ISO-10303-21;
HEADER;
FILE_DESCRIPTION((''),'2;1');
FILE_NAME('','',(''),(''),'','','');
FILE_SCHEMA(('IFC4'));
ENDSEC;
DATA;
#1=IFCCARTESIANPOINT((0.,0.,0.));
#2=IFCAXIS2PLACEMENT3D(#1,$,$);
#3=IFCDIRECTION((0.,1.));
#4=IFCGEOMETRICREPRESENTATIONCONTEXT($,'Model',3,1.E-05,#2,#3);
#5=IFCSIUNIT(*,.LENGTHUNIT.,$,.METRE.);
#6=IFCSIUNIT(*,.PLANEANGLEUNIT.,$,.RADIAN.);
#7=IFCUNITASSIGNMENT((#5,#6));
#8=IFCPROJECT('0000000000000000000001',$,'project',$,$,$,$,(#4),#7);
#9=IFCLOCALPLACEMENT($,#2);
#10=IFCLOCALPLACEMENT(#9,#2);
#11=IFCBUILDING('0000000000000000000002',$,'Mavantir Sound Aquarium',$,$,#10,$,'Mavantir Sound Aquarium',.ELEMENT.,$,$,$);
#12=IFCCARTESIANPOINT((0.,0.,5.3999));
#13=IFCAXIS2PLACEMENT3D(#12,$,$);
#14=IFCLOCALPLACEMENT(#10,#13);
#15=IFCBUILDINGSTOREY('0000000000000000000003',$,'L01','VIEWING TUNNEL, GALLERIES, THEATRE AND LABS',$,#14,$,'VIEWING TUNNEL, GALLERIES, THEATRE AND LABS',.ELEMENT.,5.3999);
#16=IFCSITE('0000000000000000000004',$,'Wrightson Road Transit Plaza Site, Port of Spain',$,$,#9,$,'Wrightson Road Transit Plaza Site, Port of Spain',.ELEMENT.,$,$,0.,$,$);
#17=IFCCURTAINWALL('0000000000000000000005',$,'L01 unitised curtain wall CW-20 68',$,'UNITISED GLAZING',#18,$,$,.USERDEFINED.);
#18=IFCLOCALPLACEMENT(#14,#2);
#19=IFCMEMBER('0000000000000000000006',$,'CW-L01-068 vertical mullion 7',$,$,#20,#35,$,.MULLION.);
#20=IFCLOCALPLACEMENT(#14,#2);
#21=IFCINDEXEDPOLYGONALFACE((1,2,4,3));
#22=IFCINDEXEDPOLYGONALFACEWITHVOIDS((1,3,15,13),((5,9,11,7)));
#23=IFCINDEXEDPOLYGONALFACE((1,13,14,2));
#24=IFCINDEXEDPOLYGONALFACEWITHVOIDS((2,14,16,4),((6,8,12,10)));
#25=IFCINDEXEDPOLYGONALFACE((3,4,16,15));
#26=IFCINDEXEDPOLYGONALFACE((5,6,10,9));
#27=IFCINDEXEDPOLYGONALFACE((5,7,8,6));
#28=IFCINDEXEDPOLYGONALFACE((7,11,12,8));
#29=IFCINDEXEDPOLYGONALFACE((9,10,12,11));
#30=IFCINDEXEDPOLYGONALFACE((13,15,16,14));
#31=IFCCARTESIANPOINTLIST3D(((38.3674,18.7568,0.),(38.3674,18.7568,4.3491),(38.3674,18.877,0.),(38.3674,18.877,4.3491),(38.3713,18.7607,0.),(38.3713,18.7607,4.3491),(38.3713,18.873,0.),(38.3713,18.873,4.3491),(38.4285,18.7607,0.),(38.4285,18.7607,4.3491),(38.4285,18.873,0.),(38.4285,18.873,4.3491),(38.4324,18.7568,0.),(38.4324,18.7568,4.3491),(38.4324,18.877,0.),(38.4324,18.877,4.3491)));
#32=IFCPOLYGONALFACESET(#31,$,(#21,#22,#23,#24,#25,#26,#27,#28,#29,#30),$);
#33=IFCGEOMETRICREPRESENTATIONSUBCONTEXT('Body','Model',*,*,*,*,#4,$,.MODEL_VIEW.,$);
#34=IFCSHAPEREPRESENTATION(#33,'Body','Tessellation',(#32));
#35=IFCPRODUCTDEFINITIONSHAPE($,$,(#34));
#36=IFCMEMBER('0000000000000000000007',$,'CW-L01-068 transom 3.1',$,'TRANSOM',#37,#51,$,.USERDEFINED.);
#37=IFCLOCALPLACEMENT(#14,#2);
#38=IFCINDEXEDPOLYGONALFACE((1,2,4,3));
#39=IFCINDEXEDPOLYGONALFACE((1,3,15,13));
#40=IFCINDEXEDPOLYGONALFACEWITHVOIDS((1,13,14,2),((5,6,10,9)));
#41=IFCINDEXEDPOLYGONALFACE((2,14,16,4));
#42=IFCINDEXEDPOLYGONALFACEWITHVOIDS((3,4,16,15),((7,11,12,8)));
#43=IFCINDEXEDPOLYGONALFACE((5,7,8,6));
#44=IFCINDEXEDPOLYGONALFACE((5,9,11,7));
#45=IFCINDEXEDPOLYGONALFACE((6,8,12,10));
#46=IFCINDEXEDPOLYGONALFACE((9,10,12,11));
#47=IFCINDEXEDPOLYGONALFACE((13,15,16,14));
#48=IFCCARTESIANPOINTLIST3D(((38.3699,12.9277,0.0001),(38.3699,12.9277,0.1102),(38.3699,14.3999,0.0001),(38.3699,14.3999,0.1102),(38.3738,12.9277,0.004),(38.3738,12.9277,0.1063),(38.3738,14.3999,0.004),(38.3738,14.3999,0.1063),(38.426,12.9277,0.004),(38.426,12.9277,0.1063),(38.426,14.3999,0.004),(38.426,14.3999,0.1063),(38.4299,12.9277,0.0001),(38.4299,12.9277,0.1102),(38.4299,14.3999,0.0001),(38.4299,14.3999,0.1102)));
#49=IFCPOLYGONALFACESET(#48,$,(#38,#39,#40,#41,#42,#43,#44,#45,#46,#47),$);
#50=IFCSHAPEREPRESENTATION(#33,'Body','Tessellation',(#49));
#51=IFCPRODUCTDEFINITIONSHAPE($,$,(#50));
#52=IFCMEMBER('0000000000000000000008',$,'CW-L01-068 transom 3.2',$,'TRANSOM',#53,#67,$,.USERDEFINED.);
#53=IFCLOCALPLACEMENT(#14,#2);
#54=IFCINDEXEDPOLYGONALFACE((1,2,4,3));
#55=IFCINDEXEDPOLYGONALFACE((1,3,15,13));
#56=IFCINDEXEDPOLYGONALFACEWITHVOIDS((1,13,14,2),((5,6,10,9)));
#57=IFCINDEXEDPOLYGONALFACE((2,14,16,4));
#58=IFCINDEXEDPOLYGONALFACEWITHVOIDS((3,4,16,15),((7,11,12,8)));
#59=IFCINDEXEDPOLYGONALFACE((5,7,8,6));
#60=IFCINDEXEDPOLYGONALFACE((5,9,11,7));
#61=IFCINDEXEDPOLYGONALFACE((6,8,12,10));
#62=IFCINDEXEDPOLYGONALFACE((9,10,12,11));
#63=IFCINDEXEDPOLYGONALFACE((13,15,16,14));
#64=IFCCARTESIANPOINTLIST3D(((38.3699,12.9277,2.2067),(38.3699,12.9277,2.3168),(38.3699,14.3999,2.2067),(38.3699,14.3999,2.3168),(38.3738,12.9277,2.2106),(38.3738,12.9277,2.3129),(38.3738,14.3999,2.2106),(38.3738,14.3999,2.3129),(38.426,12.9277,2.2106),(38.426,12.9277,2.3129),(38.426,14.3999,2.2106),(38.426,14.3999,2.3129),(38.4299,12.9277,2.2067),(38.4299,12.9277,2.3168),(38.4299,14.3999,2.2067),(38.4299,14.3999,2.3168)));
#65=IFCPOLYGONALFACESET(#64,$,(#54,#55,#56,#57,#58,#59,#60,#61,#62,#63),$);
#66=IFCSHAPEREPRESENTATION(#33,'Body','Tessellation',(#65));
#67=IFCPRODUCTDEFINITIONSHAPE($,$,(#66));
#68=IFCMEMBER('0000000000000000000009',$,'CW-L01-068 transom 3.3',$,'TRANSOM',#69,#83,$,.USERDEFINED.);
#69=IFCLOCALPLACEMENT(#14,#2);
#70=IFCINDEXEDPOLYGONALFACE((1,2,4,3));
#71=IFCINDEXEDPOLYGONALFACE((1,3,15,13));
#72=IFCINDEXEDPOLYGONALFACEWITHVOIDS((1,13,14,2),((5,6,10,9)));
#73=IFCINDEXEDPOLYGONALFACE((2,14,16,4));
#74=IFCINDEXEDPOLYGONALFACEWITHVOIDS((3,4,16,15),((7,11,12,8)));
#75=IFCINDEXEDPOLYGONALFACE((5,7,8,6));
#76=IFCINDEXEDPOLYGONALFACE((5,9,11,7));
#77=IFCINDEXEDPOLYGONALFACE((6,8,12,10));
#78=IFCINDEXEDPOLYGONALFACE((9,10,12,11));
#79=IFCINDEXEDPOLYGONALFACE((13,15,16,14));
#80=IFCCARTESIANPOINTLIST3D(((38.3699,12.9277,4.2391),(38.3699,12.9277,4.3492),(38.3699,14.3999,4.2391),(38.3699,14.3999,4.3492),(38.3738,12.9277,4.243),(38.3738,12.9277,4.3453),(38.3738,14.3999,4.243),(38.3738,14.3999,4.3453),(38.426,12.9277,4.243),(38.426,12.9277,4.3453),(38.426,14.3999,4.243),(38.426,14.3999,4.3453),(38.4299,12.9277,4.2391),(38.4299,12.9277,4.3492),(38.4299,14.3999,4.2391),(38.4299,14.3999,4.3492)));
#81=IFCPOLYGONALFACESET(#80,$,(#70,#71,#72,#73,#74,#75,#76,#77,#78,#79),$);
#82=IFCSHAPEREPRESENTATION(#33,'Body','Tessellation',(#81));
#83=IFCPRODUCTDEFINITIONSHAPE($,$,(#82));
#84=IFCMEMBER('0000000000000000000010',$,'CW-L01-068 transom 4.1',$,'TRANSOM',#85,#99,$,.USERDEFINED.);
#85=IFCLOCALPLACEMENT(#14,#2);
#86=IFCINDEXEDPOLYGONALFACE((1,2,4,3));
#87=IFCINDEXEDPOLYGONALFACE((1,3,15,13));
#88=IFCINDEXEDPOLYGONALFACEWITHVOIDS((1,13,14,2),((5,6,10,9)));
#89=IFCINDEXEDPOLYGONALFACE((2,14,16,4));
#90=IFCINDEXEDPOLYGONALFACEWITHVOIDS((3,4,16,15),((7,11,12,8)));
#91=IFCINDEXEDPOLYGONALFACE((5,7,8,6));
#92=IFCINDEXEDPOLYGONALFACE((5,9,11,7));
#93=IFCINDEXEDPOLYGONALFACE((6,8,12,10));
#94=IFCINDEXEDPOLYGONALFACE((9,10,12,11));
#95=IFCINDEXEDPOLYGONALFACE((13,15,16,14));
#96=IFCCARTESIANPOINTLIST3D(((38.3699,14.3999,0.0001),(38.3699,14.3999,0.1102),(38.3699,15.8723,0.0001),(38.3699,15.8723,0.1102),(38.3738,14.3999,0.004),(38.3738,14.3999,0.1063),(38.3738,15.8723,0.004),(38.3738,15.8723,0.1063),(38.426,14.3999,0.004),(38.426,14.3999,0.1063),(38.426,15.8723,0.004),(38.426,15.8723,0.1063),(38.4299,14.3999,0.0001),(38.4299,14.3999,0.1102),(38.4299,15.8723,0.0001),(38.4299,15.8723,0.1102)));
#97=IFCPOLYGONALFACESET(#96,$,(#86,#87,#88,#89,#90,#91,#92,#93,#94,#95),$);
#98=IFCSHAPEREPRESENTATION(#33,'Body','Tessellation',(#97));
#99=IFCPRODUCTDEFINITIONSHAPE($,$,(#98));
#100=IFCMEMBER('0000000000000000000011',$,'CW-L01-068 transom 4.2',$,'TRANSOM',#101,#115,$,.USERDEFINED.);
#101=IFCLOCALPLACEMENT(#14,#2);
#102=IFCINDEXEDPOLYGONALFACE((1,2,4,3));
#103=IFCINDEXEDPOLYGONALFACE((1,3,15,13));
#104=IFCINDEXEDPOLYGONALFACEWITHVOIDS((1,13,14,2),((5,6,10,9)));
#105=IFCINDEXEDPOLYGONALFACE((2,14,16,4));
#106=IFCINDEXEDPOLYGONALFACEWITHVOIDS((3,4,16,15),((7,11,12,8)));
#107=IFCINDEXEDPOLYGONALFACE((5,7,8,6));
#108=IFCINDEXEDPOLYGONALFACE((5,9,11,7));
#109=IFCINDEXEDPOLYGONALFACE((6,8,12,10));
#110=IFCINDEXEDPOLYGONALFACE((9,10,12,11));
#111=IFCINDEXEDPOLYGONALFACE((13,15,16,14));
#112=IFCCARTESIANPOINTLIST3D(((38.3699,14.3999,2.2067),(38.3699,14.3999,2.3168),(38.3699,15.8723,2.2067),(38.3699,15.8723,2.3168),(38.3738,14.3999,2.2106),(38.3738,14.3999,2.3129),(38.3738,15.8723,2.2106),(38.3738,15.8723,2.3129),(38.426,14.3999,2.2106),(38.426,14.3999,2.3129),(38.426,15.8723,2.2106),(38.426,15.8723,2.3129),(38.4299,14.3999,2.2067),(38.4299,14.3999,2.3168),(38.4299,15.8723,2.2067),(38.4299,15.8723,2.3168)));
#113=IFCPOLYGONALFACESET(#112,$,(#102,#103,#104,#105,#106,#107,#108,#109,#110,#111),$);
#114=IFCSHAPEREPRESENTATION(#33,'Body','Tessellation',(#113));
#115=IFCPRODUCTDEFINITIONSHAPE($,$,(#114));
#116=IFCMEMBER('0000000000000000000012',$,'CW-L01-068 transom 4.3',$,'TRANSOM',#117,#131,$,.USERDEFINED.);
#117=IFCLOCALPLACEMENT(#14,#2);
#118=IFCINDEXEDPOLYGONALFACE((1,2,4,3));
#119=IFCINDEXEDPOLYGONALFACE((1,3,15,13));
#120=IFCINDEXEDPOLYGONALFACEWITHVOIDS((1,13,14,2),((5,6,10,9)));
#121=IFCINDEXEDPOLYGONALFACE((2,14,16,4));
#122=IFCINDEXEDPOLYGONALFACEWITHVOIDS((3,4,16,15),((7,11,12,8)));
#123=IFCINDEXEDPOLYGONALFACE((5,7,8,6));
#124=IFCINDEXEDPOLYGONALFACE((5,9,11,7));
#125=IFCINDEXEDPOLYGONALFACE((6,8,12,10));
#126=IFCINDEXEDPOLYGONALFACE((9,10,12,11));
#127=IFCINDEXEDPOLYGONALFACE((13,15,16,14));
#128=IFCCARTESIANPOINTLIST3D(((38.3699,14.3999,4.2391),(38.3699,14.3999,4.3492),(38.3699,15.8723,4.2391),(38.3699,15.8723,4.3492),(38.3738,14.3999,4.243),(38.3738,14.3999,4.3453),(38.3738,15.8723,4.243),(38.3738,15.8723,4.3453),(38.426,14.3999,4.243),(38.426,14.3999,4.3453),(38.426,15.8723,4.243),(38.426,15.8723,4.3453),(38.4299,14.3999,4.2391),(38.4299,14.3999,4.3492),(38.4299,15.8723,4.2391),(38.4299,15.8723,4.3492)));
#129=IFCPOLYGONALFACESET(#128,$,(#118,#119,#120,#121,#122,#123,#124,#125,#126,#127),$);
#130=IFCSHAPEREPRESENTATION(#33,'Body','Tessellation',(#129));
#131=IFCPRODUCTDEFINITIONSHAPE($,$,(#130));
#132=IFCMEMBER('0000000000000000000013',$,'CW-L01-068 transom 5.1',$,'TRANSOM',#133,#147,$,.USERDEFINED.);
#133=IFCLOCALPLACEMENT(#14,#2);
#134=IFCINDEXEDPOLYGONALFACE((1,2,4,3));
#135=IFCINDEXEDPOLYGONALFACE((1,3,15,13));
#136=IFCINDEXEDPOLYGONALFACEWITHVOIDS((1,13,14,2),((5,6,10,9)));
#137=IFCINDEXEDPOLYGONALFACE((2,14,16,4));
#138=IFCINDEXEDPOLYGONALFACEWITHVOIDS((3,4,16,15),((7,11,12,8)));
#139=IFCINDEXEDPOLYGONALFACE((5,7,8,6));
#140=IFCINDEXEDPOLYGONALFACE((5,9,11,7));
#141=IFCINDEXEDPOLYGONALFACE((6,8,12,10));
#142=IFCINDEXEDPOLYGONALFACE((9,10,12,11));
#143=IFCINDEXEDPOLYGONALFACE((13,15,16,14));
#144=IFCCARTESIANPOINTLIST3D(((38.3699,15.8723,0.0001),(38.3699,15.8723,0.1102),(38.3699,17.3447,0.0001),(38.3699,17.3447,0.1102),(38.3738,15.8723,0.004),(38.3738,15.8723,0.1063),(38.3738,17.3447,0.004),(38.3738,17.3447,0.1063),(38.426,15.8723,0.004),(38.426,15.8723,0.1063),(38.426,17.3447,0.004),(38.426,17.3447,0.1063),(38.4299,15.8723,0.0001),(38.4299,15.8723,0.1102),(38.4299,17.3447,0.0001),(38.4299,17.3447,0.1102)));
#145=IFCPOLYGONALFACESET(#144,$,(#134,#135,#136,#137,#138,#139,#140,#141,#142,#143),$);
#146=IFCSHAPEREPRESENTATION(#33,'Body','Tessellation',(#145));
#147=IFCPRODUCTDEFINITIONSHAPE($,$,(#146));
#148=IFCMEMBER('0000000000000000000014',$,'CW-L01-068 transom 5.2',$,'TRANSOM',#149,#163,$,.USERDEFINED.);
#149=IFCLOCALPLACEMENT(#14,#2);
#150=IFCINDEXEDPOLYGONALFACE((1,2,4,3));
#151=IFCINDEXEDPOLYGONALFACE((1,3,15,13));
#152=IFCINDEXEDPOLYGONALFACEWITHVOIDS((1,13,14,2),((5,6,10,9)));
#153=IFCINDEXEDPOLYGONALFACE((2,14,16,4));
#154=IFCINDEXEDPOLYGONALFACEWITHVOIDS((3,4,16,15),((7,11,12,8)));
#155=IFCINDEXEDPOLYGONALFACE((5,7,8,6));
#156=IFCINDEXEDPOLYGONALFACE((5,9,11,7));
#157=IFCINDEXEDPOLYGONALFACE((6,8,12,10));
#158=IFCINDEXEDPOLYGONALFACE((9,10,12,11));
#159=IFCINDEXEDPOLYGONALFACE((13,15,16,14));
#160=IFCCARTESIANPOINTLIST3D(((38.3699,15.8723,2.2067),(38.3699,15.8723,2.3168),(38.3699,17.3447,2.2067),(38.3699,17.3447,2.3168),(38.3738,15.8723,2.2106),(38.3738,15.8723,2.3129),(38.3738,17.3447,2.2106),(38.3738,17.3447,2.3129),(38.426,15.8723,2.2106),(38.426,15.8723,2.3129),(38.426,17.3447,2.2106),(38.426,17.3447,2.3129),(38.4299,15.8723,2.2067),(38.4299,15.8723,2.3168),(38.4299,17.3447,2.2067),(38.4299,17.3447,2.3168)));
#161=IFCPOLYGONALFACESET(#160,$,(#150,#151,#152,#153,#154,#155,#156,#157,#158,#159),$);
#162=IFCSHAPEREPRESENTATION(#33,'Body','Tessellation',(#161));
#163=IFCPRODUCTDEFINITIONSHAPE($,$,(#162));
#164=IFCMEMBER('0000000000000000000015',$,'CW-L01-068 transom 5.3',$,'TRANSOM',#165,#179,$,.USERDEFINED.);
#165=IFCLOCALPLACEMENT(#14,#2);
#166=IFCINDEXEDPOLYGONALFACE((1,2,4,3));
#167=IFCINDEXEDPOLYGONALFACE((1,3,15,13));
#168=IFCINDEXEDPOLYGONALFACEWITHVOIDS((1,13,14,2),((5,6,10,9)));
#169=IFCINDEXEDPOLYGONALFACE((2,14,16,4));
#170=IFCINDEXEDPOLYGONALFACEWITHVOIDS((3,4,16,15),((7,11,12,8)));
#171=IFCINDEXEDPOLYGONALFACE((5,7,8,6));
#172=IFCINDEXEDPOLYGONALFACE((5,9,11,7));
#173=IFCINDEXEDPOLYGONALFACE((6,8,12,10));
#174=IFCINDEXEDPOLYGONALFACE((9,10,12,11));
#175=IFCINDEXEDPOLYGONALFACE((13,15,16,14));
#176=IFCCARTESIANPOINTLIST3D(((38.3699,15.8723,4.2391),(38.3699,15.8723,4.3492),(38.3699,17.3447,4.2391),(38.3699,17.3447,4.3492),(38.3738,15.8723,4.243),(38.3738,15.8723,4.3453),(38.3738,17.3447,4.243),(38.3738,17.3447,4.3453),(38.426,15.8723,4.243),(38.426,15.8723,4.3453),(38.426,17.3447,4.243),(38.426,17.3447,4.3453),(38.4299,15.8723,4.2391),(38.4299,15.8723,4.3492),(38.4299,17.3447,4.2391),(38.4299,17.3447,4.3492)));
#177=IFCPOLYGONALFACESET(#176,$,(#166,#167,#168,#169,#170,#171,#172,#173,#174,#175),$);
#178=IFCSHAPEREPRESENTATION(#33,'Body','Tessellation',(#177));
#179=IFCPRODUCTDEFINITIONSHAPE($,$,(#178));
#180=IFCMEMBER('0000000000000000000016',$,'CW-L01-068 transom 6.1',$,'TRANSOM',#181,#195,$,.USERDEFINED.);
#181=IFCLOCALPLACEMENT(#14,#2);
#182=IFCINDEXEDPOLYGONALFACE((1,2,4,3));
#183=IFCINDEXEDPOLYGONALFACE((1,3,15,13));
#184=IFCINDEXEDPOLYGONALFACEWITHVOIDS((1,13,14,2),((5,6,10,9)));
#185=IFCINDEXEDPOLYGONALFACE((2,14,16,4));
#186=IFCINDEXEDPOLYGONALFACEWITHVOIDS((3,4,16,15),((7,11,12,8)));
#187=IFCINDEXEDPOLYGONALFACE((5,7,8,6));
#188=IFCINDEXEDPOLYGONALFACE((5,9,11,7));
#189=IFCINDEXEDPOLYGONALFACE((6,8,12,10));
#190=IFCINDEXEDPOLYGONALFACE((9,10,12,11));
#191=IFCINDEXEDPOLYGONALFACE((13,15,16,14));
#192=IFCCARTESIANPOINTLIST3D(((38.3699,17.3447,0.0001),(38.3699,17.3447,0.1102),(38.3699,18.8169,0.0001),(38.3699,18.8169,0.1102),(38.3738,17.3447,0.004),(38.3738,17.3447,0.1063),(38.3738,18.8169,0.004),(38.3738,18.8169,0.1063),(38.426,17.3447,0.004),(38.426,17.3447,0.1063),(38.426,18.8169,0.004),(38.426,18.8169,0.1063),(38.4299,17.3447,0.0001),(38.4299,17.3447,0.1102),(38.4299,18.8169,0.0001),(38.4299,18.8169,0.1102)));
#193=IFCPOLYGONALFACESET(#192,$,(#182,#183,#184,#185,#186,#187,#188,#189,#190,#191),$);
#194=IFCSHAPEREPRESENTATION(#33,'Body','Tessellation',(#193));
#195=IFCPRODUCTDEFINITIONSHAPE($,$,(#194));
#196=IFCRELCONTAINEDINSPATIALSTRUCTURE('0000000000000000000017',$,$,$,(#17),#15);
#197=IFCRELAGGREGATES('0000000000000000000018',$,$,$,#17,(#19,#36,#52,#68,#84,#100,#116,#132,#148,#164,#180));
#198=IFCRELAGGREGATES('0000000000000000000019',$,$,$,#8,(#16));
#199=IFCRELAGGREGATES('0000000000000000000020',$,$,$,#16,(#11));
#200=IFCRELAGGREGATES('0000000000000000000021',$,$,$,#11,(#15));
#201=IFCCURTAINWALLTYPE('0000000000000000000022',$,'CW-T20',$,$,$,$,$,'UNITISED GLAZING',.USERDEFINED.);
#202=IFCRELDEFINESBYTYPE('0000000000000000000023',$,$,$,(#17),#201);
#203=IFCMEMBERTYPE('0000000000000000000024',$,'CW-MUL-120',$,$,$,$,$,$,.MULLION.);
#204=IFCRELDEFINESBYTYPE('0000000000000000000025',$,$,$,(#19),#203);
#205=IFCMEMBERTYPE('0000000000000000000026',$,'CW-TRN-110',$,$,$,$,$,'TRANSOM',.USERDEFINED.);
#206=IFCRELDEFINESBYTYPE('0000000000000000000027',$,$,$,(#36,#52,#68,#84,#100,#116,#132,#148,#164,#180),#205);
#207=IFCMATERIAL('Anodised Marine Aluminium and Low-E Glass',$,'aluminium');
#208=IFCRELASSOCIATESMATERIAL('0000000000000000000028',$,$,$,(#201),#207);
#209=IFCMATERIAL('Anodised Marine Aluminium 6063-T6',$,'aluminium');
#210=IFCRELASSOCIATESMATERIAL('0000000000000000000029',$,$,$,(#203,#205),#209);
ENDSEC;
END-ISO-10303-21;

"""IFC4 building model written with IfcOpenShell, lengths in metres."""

from ifc_helpers import new_model, si_unit, direction, frame, origin, origin_2d, place, context, subcontext, project, spatial, hollow_rectangle, extrude, material, material_profile, profile_set, type_object, element, aggregate, save


model = new_model("IFC4")

# Units and contexts
model_context = context("Model", 3, precision=1e-05, world=origin(), true_north=direction((0.0, 1.0)))
body_context = subcontext(model_context, "Body", "Model", "MODEL_VIEW")
ifc_project = project(units=[si_unit("LENGTHUNIT", "METRE"), si_unit("PLANEANGLEUNIT", "RADIAN")], contexts=[model_context])

# Site, building, storey
site_placement = place(None, origin())
site = spatial("IfcSite", under=ifc_project, at=site_placement, Name="Wrightson Road Transit Plaza Site, Port of Spain", LongName="Wrightson Road Transit Plaza Site, Port of Spain", CompositionType="ELEMENT", RefElevation=0.0)
building_placement = place(site_placement, origin())
building = spatial("IfcBuilding", under=site, at=building_placement, Name="Mavantir Sound Aquarium", LongName="Mavantir Sound Aquarium", CompositionType="ELEMENT")
storey_placement = place(building_placement, frame((0.0, 0.0, 5.3999)))
storey = spatial("IfcBuildingStorey", under=building, at=storey_placement, Name="L01", Description="VIEWING TUNNEL, GALLERIES, THEATRE AND LABS", LongName="VIEWING TUNNEL, GALLERIES, THEATRE AND LABS", CompositionType="ELEMENT", Elevation=5.3999)

# Shared definitions
ifc_material_1 = material(Name="Anodised Marine Aluminium and Low-E Glass", Category="aluminium")
ifc_material_2 = material(Name="Anodised Marine Aluminium 6063-T6", Category="aluminium")

# Curtain wall, members
curtain_wall_type_1 = type_object("IfcCurtainWallType", Name="CW-T20", ElementType="UNITISED GLAZING", PredefinedType="USERDEFINED", material=ifc_material_1)
curtain_wall_1_placement = place(storey_placement, origin())
curtain_wall_1 = element("IfcCurtainWall", 1, at=curtain_wall_1_placement, inside=storey, type_object=curtain_wall_type_1, Name="L01 unitised curtain wall CW-20 68", ObjectType="UNITISED GLAZING", PredefinedType="USERDEFINED")
ifc_material_profile_1 = material_profile(ifc_material_2, hollow_rectangle(XDim=0.0649, YDim=0.1201, WallThickness=0.0039, at=origin_2d()), Name="ALU-MULLION-120X65")
ifc_profile_set_1 = profile_set([ifc_material_profile_1], Name="Anodised Marine Aluminium 6063-T6")
member_type_1 = type_object("IfcMemberType", Name="CW-MUL-120", PredefinedType="MULLION", material=ifc_profile_set_1)
member_1_placement = place(storey_placement, frame((38.3999, 18.8169, 0.0), z_axis=(0.0, 0.0, 1.0), x_axis=(1.0, 0.0, 0.0)))
member_1 = element("IfcMember", 2, at=member_1_placement, type_object=member_type_1, Name="CW-L01-068 vertical mullion 7", PredefinedType="MULLION", context=body_context, shape_type="SweptSolid", body=[
    extrude(hollow_rectangle(XDim=0.0649, YDim=0.1201, WallThickness=0.0039, at=origin_2d()), origin(), (0.0, 0.0, 1.0), 4.3491),
])
ifc_material_profile_2 = material_profile(ifc_material_2, hollow_rectangle(XDim=0.0601, YDim=0.1101, WallThickness=0.0039, at=origin_2d()), Name="ALU-TRANSOM-110X60")
ifc_profile_set_2 = profile_set([ifc_material_profile_2], Name="Anodised Marine Aluminium 6063-T6")
member_type_2 = type_object("IfcMemberType", Name="CW-TRN-110", ElementType="TRANSOM", PredefinedType="USERDEFINED", material=ifc_profile_set_2)
member_2_placement = place(storey_placement, frame((38.3999, 12.9277, 0.0552), z_axis=(0.0, 1.0, 0.0), x_axis=(-1.0, 0.0, 0.0)))
member_2 = element("IfcMember", 3, at=member_2_placement, type_object=member_type_2, Name="CW-L01-068 transom 3.1", ObjectType="TRANSOM", PredefinedType="USERDEFINED", context=body_context, shape_type="SweptSolid", body=[
    extrude(hollow_rectangle(XDim=0.0601, YDim=0.1101, WallThickness=0.0039, at=origin_2d()), origin(), (0.0, 0.0, 1.0), 1.4722),
])
member_3_placement = place(storey_placement, frame((38.3999, 12.9277, 2.2617), z_axis=(0.0, 1.0, 0.0), x_axis=(-1.0, 0.0, 0.0)))
member_3 = element("IfcMember", 4, at=member_3_placement, type_object=member_type_2, Name="CW-L01-068 transom 3.2", ObjectType="TRANSOM", PredefinedType="USERDEFINED", context=body_context, shape_type="SweptSolid", body=[
    extrude(hollow_rectangle(XDim=0.0601, YDim=0.1101, WallThickness=0.0039, at=origin_2d()), origin(), (0.0, 0.0, 1.0), 1.4722),
])
member_4_placement = place(storey_placement, frame((38.3999, 12.9277, 4.2942), z_axis=(0.0, 1.0, 0.0), x_axis=(-1.0, 0.0, 0.0)))
member_4 = element("IfcMember", 5, at=member_4_placement, type_object=member_type_2, Name="CW-L01-068 transom 3.3", ObjectType="TRANSOM", PredefinedType="USERDEFINED", context=body_context, shape_type="SweptSolid", body=[
    extrude(hollow_rectangle(XDim=0.0601, YDim=0.1101, WallThickness=0.0039, at=origin_2d()), origin(), (0.0, 0.0, 1.0), 1.4722),
])
member_5_placement = place(storey_placement, frame((38.3999, 14.3999, 0.0552), z_axis=(0.0, 1.0, 0.0), x_axis=(-1.0, 0.0, 0.0)))
member_5 = element("IfcMember", 6, at=member_5_placement, type_object=member_type_2, Name="CW-L01-068 transom 4.1", ObjectType="TRANSOM", PredefinedType="USERDEFINED", context=body_context, shape_type="SweptSolid", body=[
    extrude(hollow_rectangle(XDim=0.0601, YDim=0.1101, WallThickness=0.0039, at=origin_2d()), origin(), (0.0, 0.0, 1.0), 1.4724),
])
member_6_placement = place(storey_placement, frame((38.3999, 14.3999, 2.2617), z_axis=(0.0, 1.0, 0.0), x_axis=(-1.0, 0.0, 0.0)))
member_6 = element("IfcMember", 7, at=member_6_placement, type_object=member_type_2, Name="CW-L01-068 transom 4.2", ObjectType="TRANSOM", PredefinedType="USERDEFINED", context=body_context, shape_type="SweptSolid", body=[
    extrude(hollow_rectangle(XDim=0.0601, YDim=0.1101, WallThickness=0.0039, at=origin_2d()), origin(), (0.0, 0.0, 1.0), 1.4724),
])
member_7_placement = place(storey_placement, frame((38.3999, 14.3999, 4.2942), z_axis=(0.0, 1.0, 0.0), x_axis=(-1.0, 0.0, 0.0)))
member_7 = element("IfcMember", 8, at=member_7_placement, type_object=member_type_2, Name="CW-L01-068 transom 4.3", ObjectType="TRANSOM", PredefinedType="USERDEFINED", context=body_context, shape_type="SweptSolid", body=[
    extrude(hollow_rectangle(XDim=0.0601, YDim=0.1101, WallThickness=0.0039, at=origin_2d()), origin(), (0.0, 0.0, 1.0), 1.4724),
])
member_8_placement = place(storey_placement, frame((38.3999, 15.8723, 0.0552), z_axis=(0.0, 1.0, 0.0), x_axis=(-1.0, 0.0, 0.0)))
member_8 = element("IfcMember", 9, at=member_8_placement, type_object=member_type_2, Name="CW-L01-068 transom 5.1", ObjectType="TRANSOM", PredefinedType="USERDEFINED", context=body_context, shape_type="SweptSolid", body=[
    extrude(hollow_rectangle(XDim=0.0601, YDim=0.1101, WallThickness=0.0039, at=origin_2d()), origin(), (0.0, 0.0, 1.0), 1.4724),
])
member_9_placement = place(storey_placement, frame((38.3999, 15.8723, 2.2617), z_axis=(0.0, 1.0, 0.0), x_axis=(-1.0, 0.0, 0.0)))
member_9 = element("IfcMember", 10, at=member_9_placement, type_object=member_type_2, Name="CW-L01-068 transom 5.2", ObjectType="TRANSOM", PredefinedType="USERDEFINED", context=body_context, shape_type="SweptSolid", body=[
    extrude(hollow_rectangle(XDim=0.0601, YDim=0.1101, WallThickness=0.0039, at=origin_2d()), origin(), (0.0, 0.0, 1.0), 1.4724),
])
member_10_placement = place(storey_placement, frame((38.3999, 15.8723, 4.2942), z_axis=(0.0, 1.0, 0.0), x_axis=(-1.0, 0.0, 0.0)))
member_10 = element("IfcMember", 11, at=member_10_placement, type_object=member_type_2, Name="CW-L01-068 transom 5.3", ObjectType="TRANSOM", PredefinedType="USERDEFINED", context=body_context, shape_type="SweptSolid", body=[
    extrude(hollow_rectangle(XDim=0.0601, YDim=0.1101, WallThickness=0.0039, at=origin_2d()), origin(), (0.0, 0.0, 1.0), 1.4724),
])
member_11_placement = place(storey_placement, frame((38.3999, 17.3447, 0.0552), z_axis=(0.0, 1.0, 0.0), x_axis=(-1.0, 0.0, 0.0)))
member_11 = element("IfcMember", 12, at=member_11_placement, type_object=member_type_2, Name="CW-L01-068 transom 6.1", ObjectType="TRANSOM", PredefinedType="USERDEFINED", context=body_context, shape_type="SweptSolid", body=[
    extrude(hollow_rectangle(XDim=0.0601, YDim=0.1101, WallThickness=0.0039, at=origin_2d()), origin(), (0.0, 0.0, 1.0), 1.4722),
])

aggregate(curtain_wall_1, [member_1, member_2, member_3, member_4, member_5, member_6, member_7, member_8, member_9, member_10, member_11])

save(model, "model.ifc")
